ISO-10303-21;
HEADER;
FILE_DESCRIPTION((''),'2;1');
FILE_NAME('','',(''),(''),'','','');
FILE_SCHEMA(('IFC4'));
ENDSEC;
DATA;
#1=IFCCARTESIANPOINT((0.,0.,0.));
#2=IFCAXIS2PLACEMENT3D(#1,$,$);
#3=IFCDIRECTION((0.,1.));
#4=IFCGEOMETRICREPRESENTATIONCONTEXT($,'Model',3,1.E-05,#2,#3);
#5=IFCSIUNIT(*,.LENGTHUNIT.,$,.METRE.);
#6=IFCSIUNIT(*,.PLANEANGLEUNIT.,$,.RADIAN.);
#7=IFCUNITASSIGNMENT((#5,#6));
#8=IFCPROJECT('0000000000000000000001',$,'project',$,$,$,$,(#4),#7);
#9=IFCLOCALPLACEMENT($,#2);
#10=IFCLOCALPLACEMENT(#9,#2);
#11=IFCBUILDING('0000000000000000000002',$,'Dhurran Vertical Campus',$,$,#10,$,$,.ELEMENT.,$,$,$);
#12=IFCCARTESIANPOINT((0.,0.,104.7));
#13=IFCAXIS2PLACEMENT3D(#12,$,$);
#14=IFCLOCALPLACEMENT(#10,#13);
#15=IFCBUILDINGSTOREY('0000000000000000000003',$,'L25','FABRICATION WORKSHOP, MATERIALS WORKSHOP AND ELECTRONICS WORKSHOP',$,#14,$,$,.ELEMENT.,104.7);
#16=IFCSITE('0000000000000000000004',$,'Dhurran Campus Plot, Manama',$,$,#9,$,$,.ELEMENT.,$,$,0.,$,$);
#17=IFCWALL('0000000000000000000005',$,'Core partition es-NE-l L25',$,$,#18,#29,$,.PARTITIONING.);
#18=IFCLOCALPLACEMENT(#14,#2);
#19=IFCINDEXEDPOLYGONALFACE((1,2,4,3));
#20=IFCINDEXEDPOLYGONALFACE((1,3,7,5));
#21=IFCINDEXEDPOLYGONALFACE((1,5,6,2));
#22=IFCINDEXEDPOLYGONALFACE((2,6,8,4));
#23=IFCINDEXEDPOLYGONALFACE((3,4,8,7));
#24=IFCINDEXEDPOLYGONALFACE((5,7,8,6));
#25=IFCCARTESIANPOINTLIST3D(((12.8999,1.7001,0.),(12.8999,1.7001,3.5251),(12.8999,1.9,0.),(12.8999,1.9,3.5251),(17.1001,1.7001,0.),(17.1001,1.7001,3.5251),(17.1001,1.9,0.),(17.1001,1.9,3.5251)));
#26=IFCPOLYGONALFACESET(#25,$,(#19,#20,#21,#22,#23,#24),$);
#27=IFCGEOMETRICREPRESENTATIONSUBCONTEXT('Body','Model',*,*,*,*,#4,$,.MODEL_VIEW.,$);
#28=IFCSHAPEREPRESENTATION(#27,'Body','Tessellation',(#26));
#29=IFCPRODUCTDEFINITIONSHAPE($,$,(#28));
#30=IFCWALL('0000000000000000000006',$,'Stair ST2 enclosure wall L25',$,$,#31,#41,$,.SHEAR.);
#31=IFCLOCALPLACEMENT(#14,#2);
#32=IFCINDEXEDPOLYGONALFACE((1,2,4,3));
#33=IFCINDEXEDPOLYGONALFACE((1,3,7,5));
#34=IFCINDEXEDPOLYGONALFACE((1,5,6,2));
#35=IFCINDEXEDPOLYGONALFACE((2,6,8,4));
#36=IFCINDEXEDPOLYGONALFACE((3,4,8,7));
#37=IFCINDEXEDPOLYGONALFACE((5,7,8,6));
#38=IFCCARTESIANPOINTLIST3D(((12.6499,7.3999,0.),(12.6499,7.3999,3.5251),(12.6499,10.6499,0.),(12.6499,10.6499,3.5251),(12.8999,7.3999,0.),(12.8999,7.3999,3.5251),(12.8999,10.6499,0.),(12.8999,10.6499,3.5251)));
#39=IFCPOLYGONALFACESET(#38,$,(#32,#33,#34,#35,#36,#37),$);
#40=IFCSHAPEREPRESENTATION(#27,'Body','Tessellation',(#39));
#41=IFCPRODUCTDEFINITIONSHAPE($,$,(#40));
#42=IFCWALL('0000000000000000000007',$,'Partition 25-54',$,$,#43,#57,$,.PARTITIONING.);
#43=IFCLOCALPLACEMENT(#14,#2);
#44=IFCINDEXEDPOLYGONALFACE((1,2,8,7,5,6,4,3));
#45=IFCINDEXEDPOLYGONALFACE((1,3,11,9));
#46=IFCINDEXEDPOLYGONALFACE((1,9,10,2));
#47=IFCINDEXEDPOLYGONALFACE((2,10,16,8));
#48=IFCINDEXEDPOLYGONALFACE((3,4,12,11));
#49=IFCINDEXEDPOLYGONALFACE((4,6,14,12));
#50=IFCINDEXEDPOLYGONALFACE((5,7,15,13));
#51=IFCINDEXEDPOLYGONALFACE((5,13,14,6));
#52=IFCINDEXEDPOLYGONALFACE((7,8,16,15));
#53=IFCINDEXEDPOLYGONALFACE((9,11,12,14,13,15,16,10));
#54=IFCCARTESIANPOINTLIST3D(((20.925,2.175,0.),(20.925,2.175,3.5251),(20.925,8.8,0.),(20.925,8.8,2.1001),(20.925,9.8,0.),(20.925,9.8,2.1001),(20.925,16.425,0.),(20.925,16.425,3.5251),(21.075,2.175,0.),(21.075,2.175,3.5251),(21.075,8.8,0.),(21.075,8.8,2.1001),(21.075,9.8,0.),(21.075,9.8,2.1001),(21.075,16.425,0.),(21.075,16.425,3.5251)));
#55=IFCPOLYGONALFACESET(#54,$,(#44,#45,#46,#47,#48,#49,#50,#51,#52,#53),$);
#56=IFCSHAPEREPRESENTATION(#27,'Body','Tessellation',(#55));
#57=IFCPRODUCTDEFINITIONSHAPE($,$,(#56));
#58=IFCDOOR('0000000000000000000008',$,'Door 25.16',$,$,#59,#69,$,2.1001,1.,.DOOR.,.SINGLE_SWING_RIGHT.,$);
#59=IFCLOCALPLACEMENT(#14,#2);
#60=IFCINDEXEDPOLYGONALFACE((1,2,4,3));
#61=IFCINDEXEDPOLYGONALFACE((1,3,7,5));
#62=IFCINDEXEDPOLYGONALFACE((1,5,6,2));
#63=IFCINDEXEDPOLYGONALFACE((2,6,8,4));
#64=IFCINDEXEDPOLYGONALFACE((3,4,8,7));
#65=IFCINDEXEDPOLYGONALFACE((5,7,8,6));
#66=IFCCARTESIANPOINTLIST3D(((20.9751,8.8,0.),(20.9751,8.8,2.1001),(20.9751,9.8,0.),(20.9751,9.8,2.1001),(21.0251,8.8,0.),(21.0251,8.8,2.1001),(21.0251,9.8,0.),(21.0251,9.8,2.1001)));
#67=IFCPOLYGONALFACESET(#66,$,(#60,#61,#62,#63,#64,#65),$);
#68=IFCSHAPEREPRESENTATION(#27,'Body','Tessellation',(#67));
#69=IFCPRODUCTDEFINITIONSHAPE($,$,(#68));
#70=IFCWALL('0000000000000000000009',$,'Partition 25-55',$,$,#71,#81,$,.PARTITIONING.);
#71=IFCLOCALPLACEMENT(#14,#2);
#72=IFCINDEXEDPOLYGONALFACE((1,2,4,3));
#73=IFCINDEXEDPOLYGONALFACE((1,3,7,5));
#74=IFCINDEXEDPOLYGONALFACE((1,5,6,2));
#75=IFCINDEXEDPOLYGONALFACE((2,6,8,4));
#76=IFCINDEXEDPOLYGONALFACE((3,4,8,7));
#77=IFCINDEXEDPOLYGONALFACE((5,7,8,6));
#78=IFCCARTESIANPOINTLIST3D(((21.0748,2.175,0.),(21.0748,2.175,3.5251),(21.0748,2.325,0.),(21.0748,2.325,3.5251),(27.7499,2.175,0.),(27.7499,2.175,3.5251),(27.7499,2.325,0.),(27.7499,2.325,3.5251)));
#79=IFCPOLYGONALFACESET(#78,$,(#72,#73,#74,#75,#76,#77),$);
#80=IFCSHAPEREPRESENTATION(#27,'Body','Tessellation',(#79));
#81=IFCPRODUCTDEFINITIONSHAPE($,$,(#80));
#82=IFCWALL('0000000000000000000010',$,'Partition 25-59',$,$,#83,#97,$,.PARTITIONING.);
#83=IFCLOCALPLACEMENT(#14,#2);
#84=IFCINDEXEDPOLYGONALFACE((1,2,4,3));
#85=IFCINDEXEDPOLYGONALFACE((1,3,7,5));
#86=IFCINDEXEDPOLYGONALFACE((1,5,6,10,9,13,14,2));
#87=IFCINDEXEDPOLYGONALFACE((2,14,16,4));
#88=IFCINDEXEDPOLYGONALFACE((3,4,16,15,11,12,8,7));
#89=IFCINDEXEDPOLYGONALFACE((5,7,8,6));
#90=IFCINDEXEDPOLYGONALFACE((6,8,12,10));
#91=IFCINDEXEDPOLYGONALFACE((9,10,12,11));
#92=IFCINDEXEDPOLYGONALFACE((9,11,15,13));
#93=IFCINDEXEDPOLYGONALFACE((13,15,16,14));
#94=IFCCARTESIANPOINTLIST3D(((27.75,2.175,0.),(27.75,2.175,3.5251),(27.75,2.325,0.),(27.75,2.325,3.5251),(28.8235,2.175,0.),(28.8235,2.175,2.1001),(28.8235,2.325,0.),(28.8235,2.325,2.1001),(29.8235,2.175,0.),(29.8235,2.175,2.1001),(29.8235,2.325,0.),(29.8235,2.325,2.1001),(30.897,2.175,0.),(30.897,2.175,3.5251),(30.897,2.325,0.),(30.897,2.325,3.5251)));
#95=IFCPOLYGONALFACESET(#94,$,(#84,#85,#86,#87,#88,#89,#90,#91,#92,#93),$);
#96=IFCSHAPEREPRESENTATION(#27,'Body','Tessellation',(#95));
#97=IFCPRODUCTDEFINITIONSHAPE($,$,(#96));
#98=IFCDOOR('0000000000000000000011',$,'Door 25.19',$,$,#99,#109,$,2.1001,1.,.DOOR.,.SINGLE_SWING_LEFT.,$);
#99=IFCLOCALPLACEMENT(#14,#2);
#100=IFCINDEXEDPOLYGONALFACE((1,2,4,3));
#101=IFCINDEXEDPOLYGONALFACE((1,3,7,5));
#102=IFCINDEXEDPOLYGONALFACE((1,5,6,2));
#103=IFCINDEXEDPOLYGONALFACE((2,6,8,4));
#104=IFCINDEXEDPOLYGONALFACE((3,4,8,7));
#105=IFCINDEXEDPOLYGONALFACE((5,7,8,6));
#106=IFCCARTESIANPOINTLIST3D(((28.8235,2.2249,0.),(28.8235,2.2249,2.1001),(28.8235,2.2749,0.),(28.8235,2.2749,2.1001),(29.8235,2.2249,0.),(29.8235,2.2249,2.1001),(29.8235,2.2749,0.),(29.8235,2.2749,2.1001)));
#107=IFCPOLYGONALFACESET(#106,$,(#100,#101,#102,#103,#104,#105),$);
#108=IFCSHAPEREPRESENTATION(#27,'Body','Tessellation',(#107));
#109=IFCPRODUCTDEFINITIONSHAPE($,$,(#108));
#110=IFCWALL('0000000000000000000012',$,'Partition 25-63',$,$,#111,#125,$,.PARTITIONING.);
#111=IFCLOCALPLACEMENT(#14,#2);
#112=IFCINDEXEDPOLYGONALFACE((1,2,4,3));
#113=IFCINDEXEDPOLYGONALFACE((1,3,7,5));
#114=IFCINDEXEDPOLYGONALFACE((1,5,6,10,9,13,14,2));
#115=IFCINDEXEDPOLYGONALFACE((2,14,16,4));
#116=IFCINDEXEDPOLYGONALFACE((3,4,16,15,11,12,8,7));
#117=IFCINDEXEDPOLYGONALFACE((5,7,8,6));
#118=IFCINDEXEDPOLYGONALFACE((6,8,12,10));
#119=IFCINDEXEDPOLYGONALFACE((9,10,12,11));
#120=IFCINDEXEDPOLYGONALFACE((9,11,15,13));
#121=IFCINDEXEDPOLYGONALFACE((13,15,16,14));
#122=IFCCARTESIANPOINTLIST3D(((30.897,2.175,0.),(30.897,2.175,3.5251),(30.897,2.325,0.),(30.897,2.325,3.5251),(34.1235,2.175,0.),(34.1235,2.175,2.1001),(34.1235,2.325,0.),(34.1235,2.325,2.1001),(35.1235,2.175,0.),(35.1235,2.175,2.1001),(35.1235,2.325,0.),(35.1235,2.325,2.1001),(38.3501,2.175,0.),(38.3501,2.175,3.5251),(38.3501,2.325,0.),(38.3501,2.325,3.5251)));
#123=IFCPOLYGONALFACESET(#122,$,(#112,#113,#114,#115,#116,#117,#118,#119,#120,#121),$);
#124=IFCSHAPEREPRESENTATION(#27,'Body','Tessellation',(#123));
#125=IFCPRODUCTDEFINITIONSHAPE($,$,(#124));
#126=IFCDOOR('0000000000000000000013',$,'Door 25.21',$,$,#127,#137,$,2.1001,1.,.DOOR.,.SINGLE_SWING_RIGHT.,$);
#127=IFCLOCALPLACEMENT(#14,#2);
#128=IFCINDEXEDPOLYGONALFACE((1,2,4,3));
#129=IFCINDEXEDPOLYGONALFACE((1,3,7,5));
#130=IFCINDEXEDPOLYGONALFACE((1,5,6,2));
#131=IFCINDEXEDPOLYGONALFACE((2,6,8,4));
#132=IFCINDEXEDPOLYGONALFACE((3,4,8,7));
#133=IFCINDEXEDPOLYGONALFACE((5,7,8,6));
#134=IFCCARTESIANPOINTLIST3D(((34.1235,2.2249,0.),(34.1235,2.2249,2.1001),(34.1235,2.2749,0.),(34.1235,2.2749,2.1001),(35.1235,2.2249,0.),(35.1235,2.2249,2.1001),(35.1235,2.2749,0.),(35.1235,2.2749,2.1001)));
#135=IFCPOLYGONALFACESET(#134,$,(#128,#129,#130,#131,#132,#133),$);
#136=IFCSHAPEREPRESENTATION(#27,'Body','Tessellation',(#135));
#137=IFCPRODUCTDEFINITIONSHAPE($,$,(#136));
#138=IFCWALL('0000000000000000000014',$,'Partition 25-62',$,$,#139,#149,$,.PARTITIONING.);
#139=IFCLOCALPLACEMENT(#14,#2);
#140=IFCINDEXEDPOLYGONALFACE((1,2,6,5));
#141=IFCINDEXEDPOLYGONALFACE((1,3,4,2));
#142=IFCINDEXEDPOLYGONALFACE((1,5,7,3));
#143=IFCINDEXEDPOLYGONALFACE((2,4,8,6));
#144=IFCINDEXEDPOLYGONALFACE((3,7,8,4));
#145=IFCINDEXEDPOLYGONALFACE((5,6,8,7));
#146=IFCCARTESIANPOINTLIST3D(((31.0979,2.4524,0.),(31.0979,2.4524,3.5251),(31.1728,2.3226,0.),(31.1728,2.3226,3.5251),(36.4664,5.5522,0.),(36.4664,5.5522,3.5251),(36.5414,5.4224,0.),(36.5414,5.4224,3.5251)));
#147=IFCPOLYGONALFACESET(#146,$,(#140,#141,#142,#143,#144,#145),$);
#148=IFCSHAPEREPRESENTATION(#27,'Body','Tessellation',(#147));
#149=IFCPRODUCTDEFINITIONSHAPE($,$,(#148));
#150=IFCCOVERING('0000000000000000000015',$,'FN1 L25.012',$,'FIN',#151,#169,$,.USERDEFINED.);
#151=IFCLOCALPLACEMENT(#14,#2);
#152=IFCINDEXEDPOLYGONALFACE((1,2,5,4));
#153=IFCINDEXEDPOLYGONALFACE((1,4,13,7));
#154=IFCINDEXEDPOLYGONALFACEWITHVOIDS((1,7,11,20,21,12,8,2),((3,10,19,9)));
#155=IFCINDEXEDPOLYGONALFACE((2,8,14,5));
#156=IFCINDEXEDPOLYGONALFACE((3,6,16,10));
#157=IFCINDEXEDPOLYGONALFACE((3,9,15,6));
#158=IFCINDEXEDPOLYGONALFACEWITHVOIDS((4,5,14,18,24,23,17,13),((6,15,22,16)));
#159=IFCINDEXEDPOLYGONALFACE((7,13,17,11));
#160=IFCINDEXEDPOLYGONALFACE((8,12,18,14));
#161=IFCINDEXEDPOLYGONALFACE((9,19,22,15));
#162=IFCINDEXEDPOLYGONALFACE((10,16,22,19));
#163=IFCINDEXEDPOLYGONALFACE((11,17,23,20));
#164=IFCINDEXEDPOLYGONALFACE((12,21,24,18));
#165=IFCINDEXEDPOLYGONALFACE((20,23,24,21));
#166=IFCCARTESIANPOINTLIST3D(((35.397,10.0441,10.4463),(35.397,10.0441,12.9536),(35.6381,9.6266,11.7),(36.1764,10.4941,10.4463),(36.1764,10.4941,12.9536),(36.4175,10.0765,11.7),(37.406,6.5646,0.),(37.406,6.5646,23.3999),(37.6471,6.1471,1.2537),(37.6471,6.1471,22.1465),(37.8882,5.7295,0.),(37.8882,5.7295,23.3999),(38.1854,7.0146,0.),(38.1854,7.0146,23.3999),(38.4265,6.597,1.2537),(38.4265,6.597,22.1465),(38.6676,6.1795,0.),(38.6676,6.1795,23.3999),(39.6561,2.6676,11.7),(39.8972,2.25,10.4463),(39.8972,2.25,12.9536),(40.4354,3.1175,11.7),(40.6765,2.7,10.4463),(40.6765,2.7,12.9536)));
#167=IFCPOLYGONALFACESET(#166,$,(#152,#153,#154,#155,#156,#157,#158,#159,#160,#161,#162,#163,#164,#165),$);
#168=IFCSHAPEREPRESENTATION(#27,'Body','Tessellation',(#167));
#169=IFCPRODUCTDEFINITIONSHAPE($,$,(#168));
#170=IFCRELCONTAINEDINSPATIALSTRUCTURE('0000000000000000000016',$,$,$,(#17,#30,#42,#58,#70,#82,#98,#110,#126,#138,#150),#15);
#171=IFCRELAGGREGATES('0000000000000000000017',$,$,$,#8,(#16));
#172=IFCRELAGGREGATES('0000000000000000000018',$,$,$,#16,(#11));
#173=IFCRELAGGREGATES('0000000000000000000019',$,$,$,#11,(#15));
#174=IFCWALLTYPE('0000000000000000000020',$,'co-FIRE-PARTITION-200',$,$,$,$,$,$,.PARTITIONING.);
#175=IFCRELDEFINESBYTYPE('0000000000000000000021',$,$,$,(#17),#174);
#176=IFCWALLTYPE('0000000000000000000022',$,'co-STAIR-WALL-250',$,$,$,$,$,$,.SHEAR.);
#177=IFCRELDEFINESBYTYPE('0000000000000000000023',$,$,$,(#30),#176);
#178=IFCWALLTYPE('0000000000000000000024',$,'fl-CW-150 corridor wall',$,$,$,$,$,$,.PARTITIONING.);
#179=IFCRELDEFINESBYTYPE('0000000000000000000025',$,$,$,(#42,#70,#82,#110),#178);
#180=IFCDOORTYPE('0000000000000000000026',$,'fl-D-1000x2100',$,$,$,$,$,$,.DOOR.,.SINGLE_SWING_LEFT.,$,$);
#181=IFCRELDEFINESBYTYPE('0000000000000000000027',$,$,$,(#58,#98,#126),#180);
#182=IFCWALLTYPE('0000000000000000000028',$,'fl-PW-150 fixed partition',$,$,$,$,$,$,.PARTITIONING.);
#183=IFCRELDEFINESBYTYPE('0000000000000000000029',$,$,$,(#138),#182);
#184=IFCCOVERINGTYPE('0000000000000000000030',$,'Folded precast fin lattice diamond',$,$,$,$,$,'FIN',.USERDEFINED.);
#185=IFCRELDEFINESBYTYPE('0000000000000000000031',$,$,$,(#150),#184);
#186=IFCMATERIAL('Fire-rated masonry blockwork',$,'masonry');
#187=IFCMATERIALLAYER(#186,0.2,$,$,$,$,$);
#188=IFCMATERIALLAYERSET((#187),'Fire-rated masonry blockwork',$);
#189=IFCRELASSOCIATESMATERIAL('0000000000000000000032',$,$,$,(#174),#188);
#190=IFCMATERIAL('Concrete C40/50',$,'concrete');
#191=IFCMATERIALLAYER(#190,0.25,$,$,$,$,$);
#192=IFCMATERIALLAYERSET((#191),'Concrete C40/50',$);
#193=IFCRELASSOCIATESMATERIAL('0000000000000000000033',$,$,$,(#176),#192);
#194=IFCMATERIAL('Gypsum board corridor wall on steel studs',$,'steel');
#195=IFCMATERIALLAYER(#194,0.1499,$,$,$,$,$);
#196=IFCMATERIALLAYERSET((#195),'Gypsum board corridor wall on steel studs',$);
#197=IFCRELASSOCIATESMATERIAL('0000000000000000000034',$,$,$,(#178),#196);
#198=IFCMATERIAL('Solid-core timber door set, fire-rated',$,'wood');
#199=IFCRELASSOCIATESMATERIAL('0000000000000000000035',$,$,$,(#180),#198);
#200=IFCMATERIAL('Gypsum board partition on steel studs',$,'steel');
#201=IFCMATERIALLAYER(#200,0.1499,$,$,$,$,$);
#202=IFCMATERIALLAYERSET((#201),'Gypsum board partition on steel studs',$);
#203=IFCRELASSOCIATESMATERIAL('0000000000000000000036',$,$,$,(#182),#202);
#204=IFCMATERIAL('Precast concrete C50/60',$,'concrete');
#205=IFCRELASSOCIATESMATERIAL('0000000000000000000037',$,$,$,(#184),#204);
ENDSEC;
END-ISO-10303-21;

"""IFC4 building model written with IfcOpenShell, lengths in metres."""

from ifc_helpers import new_model, si_unit, direction, frame, frame_2d, origin, place, context, subcontext, project, spatial, polyline, rectangle, outline, extrude, material, layer, layer_set, type_object, element, fill, save


model = new_model("IFC4")

# Units and contexts
model_context = context("Model", 3, precision=1e-05, world=origin(), true_north=direction((0.0, 1.0)))
body_context = subcontext(model_context, "Body", "Model", "MODEL_VIEW")
ifc_project = project(units=[si_unit("LENGTHUNIT", "METRE"), si_unit("PLANEANGLEUNIT", "RADIAN")], contexts=[model_context])

# Site, building, storey
site_placement = place(None, origin())
site = spatial("IfcSite", under=ifc_project, at=site_placement, Name="Dhurran Campus Plot, Manama", CompositionType="ELEMENT", RefElevation=0.0)
building_placement = place(site_placement, origin())
building = spatial("IfcBuilding", under=site, at=building_placement, Name="Dhurran Vertical Campus", CompositionType="ELEMENT")
storey_placement = place(building_placement, frame((0.0, 0.0, 104.7)))
storey = spatial("IfcBuildingStorey", under=building, at=storey_placement, Name="L25", Description="FABRICATION WORKSHOP, MATERIALS WORKSHOP AND ELECTRONICS WORKSHOP", CompositionType="ELEMENT", Elevation=104.7)

# Shared definitions
ifc_material_1 = material(Name="Fire-rated masonry blockwork", Category="masonry")
ifc_layer_1 = layer(ifc_material_1, 0.2)
ifc_layer_set_1 = layer_set([ifc_layer_1], Name="Fire-rated masonry blockwork")
wall_type_1 = type_object("IfcWallType", Name="co-FIRE-PARTITION-200", PredefinedType="PARTITIONING", material=ifc_layer_set_1)

# Walls
wall_1_placement = place(storey_placement, frame((12.8999, 1.8, 0.0), z_axis=(0.0, 0.0, 1.0), x_axis=(1.0, 0.0, 0.0)))
element("IfcWall", 1, at=wall_1_placement, inside=storey, type_object=wall_type_1, Name="Core partition es-NE-l L25", PredefinedType="PARTITIONING", context=body_context, shape_type="SweptSolid", body=[
    extrude(rectangle(XDim=4.2002, YDim=0.2, at=frame_2d((2.1001, 0.0))), origin(), (0.0, 0.0, 1.0), 3.5251),
])
ifc_material_2 = material(Name="Concrete C40/50", Category="concrete")
ifc_layer_2 = layer(ifc_material_2, 0.25)
ifc_layer_set_2 = layer_set([ifc_layer_2], Name="Concrete C40/50")
wall_type_2 = type_object("IfcWallType", Name="co-STAIR-WALL-250", PredefinedType="SHEAR", material=ifc_layer_set_2)
wall_2_placement = place(storey_placement, frame((12.7749, 7.3999, 0.0), z_axis=(0.0, 0.0, 1.0), x_axis=(0.0, 1.0, 0.0)))
element("IfcWall", 2, at=wall_2_placement, inside=storey, type_object=wall_type_2, Name="Stair ST2 enclosure wall L25", PredefinedType="SHEAR", context=body_context, shape_type="SweptSolid", body=[
    extrude(rectangle(XDim=3.25, YDim=0.25, at=frame_2d((1.625, 0.0))), origin(), (0.0, 0.0, 1.0), 3.5251),
])

# Wall, opening, door
ifc_material_3 = material(Name="Gypsum board corridor wall on steel studs", Category="steel")
ifc_layer_3 = layer(ifc_material_3, 0.1499)
ifc_layer_set_3 = layer_set([ifc_layer_3], Name="Gypsum board corridor wall on steel studs")
wall_type_3 = type_object("IfcWallType", Name="fl-CW-150 corridor wall", PredefinedType="PARTITIONING", material=ifc_layer_set_3)
wall_3_placement = place(storey_placement, frame((21.0, 2.175, 0.0), z_axis=(0.0, 0.0, 1.0), x_axis=(0.0, 1.0, 0.0)))
wall_3 = element("IfcWall", 3, at=wall_3_placement, inside=storey, type_object=wall_type_3, Name="Partition 25-54", PredefinedType="PARTITIONING", context=body_context, shape_type="SweptSolid", body=[
    extrude(rectangle(XDim=14.25, YDim=0.1499, at=frame_2d((7.125, 0.0))), origin(), (0.0, 0.0, 1.0), 3.5251),
])
opening_1_placement = place(wall_3_placement, frame((6.625, 0.0, 0.0)))
opening_1 = element("IfcOpeningElement", 4, at=opening_1_placement, cuts=wall_3, PredefinedType="OPENING", context=body_context, shape_type="SweptSolid", body=[
    extrude(rectangle(XDim=1.0, YDim=2.1001, at=frame_2d((0.5, 1.05))), frame((0.0, 0.085, 0.0), z_axis=(0.0, -1.0, 0.0), x_axis=(1.0, 0.0, 0.0)), (0.0, 0.0, 1.0), 0.1699),
])
ifc_material_4 = material(Name="Solid-core timber door set, fire-rated", Category="wood")
door_type_1 = type_object("IfcDoorType", Name="fl-D-1000x2100", OperationType="SINGLE_SWING_LEFT", PredefinedType="DOOR", material=ifc_material_4)
door_1_placement = place(opening_1_placement, origin())
door_1 = element("IfcDoor", 5, at=door_1_placement, inside=storey, type_object=door_type_1, Name="Door 25.16", OperationType="SINGLE_SWING_RIGHT", OverallHeight=2.1001, OverallWidth=1.0, PredefinedType="DOOR", context=body_context, shape_type="SweptSolid", body=[
    extrude(rectangle(XDim=1.0, YDim=2.1001, at=frame_2d((0.5, 1.05))), frame((0.0, 0.0249, 0.0), z_axis=(0.0, -1.0, 0.0), x_axis=(1.0, 0.0, 0.0)), (0.0, 0.0, 1.0), 0.05),
])
fill(opening_1, door_1)

# Wall
wall_4_placement = place(storey_placement, frame((21.075, 2.25, 0.0), z_axis=(0.0, 0.0, 1.0), x_axis=(1.0, 0.0, 0.0)))
element("IfcWall", 6, at=wall_4_placement, inside=storey, type_object=wall_type_3, Name="Partition 25-55", PredefinedType="PARTITIONING", context=body_context, shape_type="SweptSolid", body=[
    extrude(rectangle(XDim=6.675, YDim=0.1499, at=frame_2d((3.3374, 0.0))), origin(), (0.0, 0.0, 1.0), 3.5251),
])

# Walls, openings, doors
wall_5_placement = place(storey_placement, frame((27.75, 2.25, 0.0), z_axis=(0.0, 0.0, 1.0), x_axis=(1.0, 0.0, 0.0)))
wall_5 = element("IfcWall", 7, at=wall_5_placement, inside=storey, type_object=wall_type_3, Name="Partition 25-59", PredefinedType="PARTITIONING", context=body_context, shape_type="SweptSolid", body=[
    extrude(rectangle(XDim=3.147, YDim=0.1499, at=frame_2d((1.5735, 0.0))), origin(), (0.0, 0.0, 1.0), 3.5251),
])
opening_2_placement = place(wall_5_placement, frame((1.0735, 0.0, 0.0)))
opening_2 = element("IfcOpeningElement", 8, at=opening_2_placement, cuts=wall_5, PredefinedType="OPENING", context=body_context, shape_type="SweptSolid", body=[
    extrude(rectangle(XDim=1.0, YDim=2.1001, at=frame_2d((0.5, 1.05))), frame((0.0, 0.085, 0.0), z_axis=(0.0, -1.0, 0.0), x_axis=(1.0, 0.0, 0.0)), (0.0, 0.0, 1.0), 0.1699),
])
door_2_placement = place(opening_2_placement, origin())
door_2 = element("IfcDoor", 9, at=door_2_placement, inside=storey, type_object=door_type_1, Name="Door 25.19", OperationType="SINGLE_SWING_LEFT", OverallHeight=2.1001, OverallWidth=1.0, PredefinedType="DOOR", context=body_context, shape_type="SweptSolid", body=[
    extrude(rectangle(XDim=1.0, YDim=2.1001, at=frame_2d((0.5, 1.05))), frame((0.0, 0.0249, 0.0), z_axis=(0.0, -1.0, 0.0), x_axis=(1.0, 0.0, 0.0)), (0.0, 0.0, 1.0), 0.05),
])
fill(opening_2, door_2)
wall_6_placement = place(storey_placement, frame((30.897, 2.25, 0.0), z_axis=(0.0, 0.0, 1.0), x_axis=(1.0, 0.0, 0.0)))
wall_6 = element("IfcWall", 10, at=wall_6_placement, inside=storey, type_object=wall_type_3, Name="Partition 25-63", PredefinedType="PARTITIONING", context=body_context, shape_type="SweptSolid", body=[
    extrude(rectangle(XDim=7.4531, YDim=0.1499, at=frame_2d((3.7266, 0.0))), origin(), (0.0, 0.0, 1.0), 3.5251),
])
opening_3_placement = place(wall_6_placement, frame((3.2266, 0.0, 0.0)))
opening_3 = element("IfcOpeningElement", 11, at=opening_3_placement, cuts=wall_6, PredefinedType="OPENING", context=body_context, shape_type="SweptSolid", body=[
    extrude(rectangle(XDim=1.0, YDim=2.1001, at=frame_2d((0.5, 1.05))), frame((0.0, 0.085, 0.0), z_axis=(0.0, -1.0, 0.0), x_axis=(1.0, 0.0, 0.0)), (0.0, 0.0, 1.0), 0.1699),
])
door_3_placement = place(opening_3_placement, origin())
door_3 = element("IfcDoor", 12, at=door_3_placement, inside=storey, type_object=door_type_1, Name="Door 25.21", OperationType="SINGLE_SWING_RIGHT", OverallHeight=2.1001, OverallWidth=1.0, PredefinedType="DOOR", context=body_context, shape_type="SweptSolid", body=[
    extrude(rectangle(XDim=1.0, YDim=2.1001, at=frame_2d((0.5, 1.05))), frame((0.0, 0.0249, 0.0), z_axis=(0.0, -1.0, 0.0), x_axis=(1.0, 0.0, 0.0)), (0.0, 0.0, 1.0), 0.05),
])
fill(opening_3, door_3)

# Wall
ifc_material_5 = material(Name="Gypsum board partition on steel studs", Category="steel")
ifc_layer_4 = layer(ifc_material_5, 0.1499)
ifc_layer_set_4 = layer_set([ifc_layer_4], Name="Gypsum board partition on steel studs")
wall_type_4 = type_object("IfcWallType", Name="fl-PW-150 fixed partition", PredefinedType="PARTITIONING", material=ifc_layer_set_4)
wall_7_placement = place(storey_placement, frame((36.5039, 5.4873, 0.0), z_axis=(0.0, 0.0, 1.0), x_axis=(-0.866007, -0.500032, 0.0)))
element("IfcWall", 13, at=wall_7_placement, inside=storey, type_object=wall_type_4, Name="Partition 25-62", PredefinedType="PARTITIONING", context=body_context, shape_type="SweptSolid", body=[
    extrude(rectangle(XDim=6.1992, YDim=0.1499, at=frame_2d((3.0996, 0.0))), origin(), (0.0, 0.0, 1.0), 3.5251),
])

# Covering
ifc_material_6 = material(Name="Precast concrete C50/60", Category="concrete")
covering_type = type_object("IfcCoveringType", Name="Folded precast fin lattice diamond", ElementType="FIN", PredefinedType="USERDEFINED", material=ifc_material_6)
for number, where, z_axis, x_axis, name in (
    (14, (39.8972, 2.25, 0.0), (0.866014, 0.50002, 0.0), (-0.50002, 0.866014, 0.0), "FN1 L25.012"),
):
    element("IfcCovering", number, at=place(storey_placement, frame(where, z_axis=z_axis, x_axis=x_axis)), inside=storey, type_object=covering_type, Name=name, ObjectType="FIN", PredefinedType="USERDEFINED", context=body_context, shape_type="SweptSolid", body=[
        extrude(outline(polyline([(9.0, 12.9536), (9.0, 10.4463), (4.9822, 0.0), (4.0178, 0.0), (0.0, 10.4463), (0.0, 12.9536), (4.0178, 23.3999), (4.9822, 23.3999), (9.0, 12.9536)]), holes=[polyline([(8.5178, 11.7), (4.5, 22.1465), (0.4822, 11.7), (4.5, 1.2537), (8.5178, 11.7)])]), origin(), (0.0, 0.0, 1.0), 0.8999),
    ])

save(model, "model.ifc")
